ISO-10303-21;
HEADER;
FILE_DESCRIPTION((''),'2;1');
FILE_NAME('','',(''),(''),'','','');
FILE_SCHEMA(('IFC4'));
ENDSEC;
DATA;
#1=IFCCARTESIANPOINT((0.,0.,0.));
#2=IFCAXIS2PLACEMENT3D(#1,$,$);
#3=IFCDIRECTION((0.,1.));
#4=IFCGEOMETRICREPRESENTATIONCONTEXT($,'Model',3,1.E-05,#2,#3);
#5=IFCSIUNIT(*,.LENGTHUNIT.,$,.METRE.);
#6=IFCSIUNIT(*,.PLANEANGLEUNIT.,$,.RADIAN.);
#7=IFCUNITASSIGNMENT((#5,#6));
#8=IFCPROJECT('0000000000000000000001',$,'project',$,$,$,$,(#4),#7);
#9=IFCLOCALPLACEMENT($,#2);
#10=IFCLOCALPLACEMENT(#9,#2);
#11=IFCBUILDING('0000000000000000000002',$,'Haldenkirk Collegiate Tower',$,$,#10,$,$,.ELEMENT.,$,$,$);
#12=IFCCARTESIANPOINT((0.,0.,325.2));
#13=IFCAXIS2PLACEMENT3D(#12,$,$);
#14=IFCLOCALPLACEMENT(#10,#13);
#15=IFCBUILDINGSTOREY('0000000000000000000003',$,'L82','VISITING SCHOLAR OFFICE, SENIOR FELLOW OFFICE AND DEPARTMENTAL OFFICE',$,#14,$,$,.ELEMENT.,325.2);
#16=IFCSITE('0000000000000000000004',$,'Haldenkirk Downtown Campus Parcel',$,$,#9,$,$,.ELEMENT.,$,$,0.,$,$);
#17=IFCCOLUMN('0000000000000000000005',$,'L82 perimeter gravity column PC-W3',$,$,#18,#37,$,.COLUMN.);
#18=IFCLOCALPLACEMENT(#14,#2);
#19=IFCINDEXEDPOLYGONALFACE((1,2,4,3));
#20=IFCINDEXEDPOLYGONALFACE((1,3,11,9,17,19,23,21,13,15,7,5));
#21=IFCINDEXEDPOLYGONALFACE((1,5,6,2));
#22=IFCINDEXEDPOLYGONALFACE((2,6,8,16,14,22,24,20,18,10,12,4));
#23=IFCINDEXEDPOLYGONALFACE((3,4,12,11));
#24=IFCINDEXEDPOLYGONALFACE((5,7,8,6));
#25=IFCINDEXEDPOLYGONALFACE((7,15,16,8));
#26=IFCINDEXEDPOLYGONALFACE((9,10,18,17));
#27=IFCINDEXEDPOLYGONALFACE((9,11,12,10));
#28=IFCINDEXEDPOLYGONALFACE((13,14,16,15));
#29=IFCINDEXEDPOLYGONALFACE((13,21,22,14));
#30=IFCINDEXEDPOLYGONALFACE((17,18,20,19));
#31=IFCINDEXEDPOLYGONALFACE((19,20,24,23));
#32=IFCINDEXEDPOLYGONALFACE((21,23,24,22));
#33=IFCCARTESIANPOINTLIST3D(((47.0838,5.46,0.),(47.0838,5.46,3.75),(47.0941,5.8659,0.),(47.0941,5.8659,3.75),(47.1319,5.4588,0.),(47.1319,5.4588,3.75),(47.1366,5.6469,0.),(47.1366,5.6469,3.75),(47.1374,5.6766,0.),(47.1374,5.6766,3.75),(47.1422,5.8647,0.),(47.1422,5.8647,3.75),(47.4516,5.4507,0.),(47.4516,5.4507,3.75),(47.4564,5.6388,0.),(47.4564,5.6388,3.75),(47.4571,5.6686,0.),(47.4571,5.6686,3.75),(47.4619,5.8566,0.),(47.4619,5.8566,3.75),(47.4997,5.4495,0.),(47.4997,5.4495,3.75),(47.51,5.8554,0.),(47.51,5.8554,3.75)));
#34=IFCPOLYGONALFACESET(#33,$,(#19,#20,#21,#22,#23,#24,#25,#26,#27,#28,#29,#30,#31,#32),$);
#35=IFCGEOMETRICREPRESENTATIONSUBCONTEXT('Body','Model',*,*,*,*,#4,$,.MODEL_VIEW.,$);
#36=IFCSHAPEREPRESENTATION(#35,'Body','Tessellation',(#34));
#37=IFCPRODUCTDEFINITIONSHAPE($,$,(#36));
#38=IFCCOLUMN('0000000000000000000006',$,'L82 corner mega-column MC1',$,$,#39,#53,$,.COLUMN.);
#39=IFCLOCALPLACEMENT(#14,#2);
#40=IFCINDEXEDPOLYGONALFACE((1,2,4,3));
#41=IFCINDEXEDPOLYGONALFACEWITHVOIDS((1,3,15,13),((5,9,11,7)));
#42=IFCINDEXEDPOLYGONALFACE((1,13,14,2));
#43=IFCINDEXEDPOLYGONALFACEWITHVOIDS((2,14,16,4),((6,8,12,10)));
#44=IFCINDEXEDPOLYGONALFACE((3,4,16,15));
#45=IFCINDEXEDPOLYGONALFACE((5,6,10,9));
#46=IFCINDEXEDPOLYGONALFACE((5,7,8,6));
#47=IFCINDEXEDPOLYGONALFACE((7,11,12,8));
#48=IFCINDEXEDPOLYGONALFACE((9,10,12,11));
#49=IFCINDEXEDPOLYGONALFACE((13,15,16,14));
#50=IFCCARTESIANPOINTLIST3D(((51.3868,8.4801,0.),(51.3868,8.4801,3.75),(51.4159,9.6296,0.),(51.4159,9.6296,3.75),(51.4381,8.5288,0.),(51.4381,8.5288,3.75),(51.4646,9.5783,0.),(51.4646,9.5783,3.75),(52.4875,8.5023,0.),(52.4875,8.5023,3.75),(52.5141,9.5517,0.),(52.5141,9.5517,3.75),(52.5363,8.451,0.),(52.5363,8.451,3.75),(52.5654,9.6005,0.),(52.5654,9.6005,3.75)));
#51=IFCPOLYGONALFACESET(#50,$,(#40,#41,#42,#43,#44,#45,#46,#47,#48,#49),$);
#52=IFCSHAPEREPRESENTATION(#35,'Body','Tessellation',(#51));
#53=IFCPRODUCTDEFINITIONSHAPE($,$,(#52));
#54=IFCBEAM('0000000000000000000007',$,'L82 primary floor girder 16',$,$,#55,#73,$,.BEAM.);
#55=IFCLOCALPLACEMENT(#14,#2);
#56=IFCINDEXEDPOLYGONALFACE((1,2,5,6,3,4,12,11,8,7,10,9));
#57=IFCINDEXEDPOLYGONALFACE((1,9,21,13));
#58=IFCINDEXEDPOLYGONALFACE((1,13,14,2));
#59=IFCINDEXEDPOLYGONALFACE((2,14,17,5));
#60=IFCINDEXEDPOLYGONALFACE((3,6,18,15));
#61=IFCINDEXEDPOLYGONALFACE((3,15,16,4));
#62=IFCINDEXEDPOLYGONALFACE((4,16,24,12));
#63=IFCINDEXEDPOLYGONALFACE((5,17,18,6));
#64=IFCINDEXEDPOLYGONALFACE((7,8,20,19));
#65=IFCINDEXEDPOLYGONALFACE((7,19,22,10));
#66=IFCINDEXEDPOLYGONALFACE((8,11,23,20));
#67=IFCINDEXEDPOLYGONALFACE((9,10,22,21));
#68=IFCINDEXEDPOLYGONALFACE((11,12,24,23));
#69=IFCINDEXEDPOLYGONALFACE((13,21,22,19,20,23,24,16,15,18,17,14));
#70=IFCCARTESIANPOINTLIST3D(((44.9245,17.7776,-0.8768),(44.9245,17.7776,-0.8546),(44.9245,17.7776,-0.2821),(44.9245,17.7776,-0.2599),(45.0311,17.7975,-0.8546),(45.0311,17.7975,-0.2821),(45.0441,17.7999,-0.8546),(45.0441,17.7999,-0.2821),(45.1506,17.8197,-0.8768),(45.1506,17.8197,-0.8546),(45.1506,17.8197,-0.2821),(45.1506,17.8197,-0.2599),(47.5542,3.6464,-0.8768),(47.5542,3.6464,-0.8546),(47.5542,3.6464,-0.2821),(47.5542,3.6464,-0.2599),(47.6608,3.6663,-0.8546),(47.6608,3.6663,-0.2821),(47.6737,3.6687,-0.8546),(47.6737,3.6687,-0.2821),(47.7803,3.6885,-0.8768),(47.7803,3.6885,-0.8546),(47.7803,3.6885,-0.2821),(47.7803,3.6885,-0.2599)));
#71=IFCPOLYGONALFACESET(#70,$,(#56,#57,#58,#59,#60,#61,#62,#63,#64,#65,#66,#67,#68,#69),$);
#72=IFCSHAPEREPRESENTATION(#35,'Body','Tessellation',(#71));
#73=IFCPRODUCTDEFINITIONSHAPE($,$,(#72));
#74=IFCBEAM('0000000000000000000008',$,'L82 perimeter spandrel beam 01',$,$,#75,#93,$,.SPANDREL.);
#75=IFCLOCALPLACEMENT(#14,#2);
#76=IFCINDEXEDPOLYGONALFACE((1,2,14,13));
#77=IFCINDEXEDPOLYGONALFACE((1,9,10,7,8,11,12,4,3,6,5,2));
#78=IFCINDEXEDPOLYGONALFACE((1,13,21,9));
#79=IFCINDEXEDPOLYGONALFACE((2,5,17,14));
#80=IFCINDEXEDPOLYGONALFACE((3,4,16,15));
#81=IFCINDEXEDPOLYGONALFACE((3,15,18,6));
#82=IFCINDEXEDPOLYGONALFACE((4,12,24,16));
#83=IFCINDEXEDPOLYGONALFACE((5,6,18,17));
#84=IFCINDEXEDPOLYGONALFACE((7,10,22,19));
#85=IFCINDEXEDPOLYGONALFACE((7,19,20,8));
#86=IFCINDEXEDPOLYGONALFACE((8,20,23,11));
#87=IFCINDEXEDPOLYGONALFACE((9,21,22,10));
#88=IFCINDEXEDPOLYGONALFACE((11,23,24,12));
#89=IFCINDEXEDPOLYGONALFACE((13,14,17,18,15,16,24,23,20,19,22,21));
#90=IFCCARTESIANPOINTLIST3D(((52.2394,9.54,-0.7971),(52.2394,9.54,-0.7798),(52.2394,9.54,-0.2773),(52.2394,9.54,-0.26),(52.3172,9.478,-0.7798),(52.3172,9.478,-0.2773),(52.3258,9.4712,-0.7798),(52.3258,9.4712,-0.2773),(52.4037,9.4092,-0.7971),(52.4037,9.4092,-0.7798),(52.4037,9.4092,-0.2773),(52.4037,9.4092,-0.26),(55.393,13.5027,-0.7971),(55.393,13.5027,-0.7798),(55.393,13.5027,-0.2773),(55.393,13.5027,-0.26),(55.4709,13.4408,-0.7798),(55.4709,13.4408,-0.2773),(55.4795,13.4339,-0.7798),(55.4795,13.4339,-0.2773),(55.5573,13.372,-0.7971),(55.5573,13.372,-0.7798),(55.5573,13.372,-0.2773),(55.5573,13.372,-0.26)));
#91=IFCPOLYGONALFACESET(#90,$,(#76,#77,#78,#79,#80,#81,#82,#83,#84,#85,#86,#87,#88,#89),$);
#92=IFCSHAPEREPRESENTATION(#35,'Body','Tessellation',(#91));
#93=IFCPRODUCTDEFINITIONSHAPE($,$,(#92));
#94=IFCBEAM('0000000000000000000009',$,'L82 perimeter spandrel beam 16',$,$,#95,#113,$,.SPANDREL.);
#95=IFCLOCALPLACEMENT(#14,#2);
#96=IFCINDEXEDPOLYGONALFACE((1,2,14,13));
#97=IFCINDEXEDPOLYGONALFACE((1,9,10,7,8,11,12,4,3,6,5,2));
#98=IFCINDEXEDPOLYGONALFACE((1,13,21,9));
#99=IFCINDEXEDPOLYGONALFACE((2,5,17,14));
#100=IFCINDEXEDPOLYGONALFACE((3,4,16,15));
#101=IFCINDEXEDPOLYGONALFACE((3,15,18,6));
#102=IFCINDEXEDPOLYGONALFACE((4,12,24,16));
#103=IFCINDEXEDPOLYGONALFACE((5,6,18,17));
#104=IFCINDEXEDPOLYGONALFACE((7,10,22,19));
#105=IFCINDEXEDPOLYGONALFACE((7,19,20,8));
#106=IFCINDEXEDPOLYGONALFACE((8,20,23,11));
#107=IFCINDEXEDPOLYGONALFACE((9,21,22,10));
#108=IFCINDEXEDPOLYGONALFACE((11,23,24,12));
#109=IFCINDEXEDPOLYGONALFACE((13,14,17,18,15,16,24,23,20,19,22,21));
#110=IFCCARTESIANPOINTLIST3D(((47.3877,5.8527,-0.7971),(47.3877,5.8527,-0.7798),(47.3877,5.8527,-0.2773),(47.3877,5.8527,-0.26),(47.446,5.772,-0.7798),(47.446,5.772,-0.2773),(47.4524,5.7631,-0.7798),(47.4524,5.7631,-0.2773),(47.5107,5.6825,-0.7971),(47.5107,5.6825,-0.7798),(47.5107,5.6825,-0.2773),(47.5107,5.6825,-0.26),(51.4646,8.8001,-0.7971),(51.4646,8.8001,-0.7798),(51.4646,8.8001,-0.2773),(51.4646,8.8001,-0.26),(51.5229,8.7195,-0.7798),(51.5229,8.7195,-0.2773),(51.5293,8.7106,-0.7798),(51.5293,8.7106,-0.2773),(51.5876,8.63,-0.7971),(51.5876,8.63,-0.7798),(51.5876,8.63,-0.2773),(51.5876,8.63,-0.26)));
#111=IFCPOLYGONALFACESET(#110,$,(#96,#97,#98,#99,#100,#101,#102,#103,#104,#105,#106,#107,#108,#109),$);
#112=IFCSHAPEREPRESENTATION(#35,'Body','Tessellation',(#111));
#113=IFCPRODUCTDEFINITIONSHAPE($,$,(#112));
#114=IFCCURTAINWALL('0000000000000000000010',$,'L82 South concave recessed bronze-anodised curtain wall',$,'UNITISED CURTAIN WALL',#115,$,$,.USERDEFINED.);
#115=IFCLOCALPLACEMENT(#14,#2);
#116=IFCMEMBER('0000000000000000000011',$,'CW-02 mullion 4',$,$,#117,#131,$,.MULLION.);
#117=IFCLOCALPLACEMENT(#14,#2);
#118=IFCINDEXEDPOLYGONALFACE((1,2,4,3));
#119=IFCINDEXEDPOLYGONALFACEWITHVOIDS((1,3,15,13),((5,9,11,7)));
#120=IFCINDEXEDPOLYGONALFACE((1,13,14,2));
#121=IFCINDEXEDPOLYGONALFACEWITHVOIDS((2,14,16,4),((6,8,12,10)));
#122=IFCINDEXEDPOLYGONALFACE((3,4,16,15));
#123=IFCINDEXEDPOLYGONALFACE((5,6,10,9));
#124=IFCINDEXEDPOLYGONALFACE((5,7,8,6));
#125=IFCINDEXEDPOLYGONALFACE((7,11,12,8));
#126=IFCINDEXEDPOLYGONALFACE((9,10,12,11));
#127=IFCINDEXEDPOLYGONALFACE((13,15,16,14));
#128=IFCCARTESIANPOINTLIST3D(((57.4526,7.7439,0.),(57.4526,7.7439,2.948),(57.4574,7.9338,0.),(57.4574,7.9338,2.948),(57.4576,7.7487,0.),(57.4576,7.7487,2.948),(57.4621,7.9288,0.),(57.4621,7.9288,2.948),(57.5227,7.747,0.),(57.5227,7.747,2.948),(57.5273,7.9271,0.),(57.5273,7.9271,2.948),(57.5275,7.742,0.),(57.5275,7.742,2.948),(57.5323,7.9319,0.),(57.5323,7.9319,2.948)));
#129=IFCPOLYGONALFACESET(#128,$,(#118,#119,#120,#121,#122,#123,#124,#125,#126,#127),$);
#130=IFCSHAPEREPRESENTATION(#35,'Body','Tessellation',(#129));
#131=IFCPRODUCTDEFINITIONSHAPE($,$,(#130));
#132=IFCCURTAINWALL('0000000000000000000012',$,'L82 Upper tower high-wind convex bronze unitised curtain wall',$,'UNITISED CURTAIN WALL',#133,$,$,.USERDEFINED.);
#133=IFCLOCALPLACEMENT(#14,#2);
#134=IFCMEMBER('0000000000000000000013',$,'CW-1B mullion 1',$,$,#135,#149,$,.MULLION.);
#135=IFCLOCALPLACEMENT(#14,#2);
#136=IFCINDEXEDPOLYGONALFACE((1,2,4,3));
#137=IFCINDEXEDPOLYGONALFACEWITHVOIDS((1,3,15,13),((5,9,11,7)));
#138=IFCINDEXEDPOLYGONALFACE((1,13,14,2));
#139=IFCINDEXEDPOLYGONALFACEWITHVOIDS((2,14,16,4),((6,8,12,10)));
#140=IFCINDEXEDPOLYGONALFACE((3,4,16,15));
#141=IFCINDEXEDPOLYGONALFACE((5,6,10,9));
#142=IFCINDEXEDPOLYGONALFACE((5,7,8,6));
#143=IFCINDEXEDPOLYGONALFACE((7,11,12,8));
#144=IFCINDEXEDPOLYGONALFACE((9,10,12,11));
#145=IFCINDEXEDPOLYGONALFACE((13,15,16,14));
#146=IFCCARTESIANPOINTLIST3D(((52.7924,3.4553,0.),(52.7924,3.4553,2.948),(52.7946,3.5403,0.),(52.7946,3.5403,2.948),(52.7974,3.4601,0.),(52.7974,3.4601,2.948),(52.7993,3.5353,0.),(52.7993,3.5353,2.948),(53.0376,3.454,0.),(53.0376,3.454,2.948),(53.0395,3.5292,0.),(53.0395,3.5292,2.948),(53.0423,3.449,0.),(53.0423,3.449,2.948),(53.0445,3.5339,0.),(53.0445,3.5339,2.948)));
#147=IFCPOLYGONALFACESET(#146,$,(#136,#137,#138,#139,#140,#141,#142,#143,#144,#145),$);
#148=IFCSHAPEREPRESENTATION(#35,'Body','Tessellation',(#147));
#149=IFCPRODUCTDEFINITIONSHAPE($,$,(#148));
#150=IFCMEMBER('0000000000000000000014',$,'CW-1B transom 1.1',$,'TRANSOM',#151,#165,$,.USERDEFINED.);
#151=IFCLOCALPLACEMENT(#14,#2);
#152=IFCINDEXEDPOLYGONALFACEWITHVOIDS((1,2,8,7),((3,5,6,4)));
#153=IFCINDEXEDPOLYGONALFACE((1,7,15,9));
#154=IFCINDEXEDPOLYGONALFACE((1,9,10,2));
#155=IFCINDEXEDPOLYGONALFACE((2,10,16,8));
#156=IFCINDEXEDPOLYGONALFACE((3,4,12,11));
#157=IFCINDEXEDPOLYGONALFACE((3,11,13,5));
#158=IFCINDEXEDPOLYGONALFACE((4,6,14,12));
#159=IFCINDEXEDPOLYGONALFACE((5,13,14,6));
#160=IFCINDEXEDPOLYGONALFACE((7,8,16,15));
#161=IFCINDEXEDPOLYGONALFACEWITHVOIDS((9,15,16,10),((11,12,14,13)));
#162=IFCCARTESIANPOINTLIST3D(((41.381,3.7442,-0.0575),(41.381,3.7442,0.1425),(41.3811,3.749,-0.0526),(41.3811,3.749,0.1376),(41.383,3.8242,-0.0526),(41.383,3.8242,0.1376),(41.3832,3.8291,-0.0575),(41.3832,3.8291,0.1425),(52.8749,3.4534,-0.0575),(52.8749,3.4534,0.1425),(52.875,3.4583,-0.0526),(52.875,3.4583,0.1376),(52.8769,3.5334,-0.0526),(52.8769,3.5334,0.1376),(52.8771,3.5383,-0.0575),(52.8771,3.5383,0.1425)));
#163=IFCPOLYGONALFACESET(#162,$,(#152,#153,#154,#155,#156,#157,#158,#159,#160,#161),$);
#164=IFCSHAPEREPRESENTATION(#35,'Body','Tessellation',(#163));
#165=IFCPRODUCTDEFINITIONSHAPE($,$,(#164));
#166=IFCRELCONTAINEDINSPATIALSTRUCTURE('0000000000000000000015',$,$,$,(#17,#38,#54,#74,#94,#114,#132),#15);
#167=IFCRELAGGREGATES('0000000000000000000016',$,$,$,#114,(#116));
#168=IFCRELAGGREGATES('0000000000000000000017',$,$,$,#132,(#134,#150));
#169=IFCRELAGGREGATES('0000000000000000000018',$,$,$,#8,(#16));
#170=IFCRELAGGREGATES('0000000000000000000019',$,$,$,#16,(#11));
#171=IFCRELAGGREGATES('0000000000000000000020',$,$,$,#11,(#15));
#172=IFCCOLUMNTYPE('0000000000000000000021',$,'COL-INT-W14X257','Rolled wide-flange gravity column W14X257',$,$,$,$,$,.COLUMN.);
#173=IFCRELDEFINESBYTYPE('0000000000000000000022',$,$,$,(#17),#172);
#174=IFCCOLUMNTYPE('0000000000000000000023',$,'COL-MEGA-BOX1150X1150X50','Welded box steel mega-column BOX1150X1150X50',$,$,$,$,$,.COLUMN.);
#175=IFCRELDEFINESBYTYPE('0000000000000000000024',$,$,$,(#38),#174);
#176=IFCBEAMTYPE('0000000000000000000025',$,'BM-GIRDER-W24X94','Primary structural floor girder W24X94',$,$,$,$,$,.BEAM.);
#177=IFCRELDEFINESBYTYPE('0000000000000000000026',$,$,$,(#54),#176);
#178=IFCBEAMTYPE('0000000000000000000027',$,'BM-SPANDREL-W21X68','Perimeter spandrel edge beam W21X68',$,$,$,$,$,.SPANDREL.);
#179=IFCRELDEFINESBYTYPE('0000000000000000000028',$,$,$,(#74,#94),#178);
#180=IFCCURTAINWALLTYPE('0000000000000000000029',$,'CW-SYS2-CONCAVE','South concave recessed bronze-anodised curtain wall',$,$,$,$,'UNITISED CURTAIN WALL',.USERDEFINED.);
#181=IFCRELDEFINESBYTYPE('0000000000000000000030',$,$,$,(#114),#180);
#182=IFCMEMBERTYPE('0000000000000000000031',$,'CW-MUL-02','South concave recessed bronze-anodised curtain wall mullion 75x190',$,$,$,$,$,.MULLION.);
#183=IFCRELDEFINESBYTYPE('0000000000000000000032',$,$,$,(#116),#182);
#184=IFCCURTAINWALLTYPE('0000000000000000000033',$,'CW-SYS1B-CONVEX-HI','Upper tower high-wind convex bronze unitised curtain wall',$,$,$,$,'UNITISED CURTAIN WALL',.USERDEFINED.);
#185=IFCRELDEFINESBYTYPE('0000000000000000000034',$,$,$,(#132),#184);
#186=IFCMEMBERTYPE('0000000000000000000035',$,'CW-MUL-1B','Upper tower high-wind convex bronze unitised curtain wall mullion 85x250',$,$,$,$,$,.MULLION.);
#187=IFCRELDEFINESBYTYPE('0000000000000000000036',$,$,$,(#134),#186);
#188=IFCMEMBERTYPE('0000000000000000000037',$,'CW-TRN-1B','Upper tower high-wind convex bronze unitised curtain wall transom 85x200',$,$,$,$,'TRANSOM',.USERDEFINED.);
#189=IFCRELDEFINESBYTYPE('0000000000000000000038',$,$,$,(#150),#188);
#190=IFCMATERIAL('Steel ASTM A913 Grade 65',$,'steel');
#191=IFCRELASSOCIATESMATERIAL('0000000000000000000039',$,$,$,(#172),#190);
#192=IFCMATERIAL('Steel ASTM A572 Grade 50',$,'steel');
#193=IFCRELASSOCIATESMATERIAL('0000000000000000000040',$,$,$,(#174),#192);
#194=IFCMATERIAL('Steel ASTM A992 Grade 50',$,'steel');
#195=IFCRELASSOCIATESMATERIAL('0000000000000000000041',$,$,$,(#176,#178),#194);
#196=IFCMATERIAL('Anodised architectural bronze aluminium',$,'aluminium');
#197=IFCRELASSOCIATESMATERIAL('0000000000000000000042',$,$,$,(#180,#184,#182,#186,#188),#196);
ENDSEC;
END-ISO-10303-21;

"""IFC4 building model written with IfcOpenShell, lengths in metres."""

from ifc_helpers import new_model, si_unit, direction, frame, origin, origin_2d, place, context, subcontext, project, spatial, hollow_rectangle, i_section, extrude, material, material_profile, profile_set, type_object, element, aggregate, save


model = new_model("IFC4")

# Units and contexts
model_context = context("Model", 3, precision=1e-05, world=origin(), true_north=direction((0.0, 1.0)))
body_context = subcontext(model_context, "Body", "Model", "MODEL_VIEW")
ifc_project = project(units=[si_unit("LENGTHUNIT", "METRE"), si_unit("PLANEANGLEUNIT", "RADIAN")], contexts=[model_context])

# Site, building, storey
site_placement = place(None, origin())
site = spatial("IfcSite", under=ifc_project, at=site_placement, Name="Haldenkirk Downtown Campus Parcel", CompositionType="ELEMENT", RefElevation=0.0)
building_placement = place(site_placement, origin())
building = spatial("IfcBuilding", under=site, at=building_placement, Name="Haldenkirk Collegiate Tower", CompositionType="ELEMENT")
storey_placement = place(building_placement, frame((0.0, 0.0, 325.2)))
storey = spatial("IfcBuildingStorey", under=building, at=storey_placement, Name="L82", Description="VISITING SCHOLAR OFFICE, SENIOR FELLOW OFFICE AND DEPARTMENTAL OFFICE", CompositionType="ELEMENT", Elevation=325.2)

# Columns
ifc_material_1 = material(Name="Steel ASTM A913 Grade 65", Category="steel")
ifc_material_profile_1 = material_profile(ifc_material_1, i_section(OverallWidth=0.406, OverallDepth=0.416, WebThickness=0.0298, FlangeThickness=0.0481, at=origin_2d()), Name="W14X257")
ifc_profile_set_1 = profile_set([ifc_material_profile_1], Name="Steel ASTM A913 Grade 65")
column_type_1 = type_object("IfcColumnType", Name="COL-INT-W14X257", Description="Rolled wide-flange gravity column W14X257", PredefinedType="COLUMN", material=ifc_profile_set_1)
column_1_placement = place(storey_placement, frame((47.2969, 5.6577, 0.0), z_axis=(0.0, 0.0, 1.0), x_axis=(0.025305, 0.99968, 0.0)))
element("IfcColumn", 1, at=column_1_placement, inside=storey, type_object=column_type_1, Name="L82 perimeter gravity column PC-W3", PredefinedType="COLUMN", context=body_context, shape_type="SweptSolid", body=[
    extrude(i_section(OverallWidth=0.406, OverallDepth=0.416, WebThickness=0.0298, FlangeThickness=0.0481, at=origin_2d()), origin(), (0.0, 0.0, 1.0), 3.75),
])
ifc_material_2 = material(Name="Steel ASTM A572 Grade 50", Category="steel")
ifc_material_profile_2 = material_profile(ifc_material_2, hollow_rectangle(XDim=1.1499, YDim=1.1499, WallThickness=0.05, at=origin_2d()), Name="BOX1150X1150X50")
ifc_profile_set_2 = profile_set([ifc_material_profile_2], Name="Steel ASTM A572 Grade 50")
column_type_2 = type_object("IfcColumnType", Name="COL-MEGA-BOX1150X1150X50", Description="Welded box steel mega-column BOX1150X1150X50", PredefinedType="COLUMN", material=ifc_profile_set_2)
column_2_placement = place(storey_placement, frame((51.9761, 9.0403, 0.0), z_axis=(0.0, 0.0, 1.0), x_axis=(0.025305, 0.99968, 0.0)))
element("IfcColumn", 2, at=column_2_placement, inside=storey, type_object=column_type_2, Name="L82 corner mega-column MC1", PredefinedType="COLUMN", context=body_context, shape_type="SweptSolid", body=[
    extrude(hollow_rectangle(XDim=1.1499, YDim=1.1499, WallThickness=0.05, at=origin_2d()), origin(), (0.0, 0.0, 1.0), 3.75),
])

# Beams
ifc_material_3 = material(Name="Steel ASTM A992 Grade 50", Category="steel")
ifc_material_profile_3 = material_profile(ifc_material_3, i_section(OverallWidth=0.23, OverallDepth=0.6169, WebThickness=0.0132, FlangeThickness=0.0222, at=origin_2d()), Name="W24X94")
ifc_profile_set_3 = profile_set([ifc_material_profile_3], Name="Steel ASTM A992 Grade 50")
beam_type_1 = type_object("IfcBeamType", Name="BM-GIRDER-W24X94", Description="Primary structural floor girder W24X94", PredefinedType="BEAM", material=ifc_profile_set_3)
beam_1_placement = place(storey_placement, frame((47.6672, 3.6675, -0.5684), z_axis=(-0.182948, 0.983123, 0.0), x_axis=(-0.983123, -0.182948, 0.0)))
element("IfcBeam", 3, at=beam_1_placement, inside=storey, type_object=beam_type_1, Name="L82 primary floor girder 16", PredefinedType="BEAM", context=body_context, shape_type="SweptSolid", body=[
    extrude(i_section(OverallWidth=0.23, OverallDepth=0.6169, WebThickness=0.0132, FlangeThickness=0.0222, at=origin_2d()), origin(), (0.0, 0.0, 1.0), 14.3738),
])
ifc_material_profile_4 = material_profile(ifc_material_3, i_section(OverallWidth=0.21, OverallDepth=0.5371, WebThickness=0.011, FlangeThickness=0.0173, at=origin_2d()), Name="W21X68")
ifc_profile_set_4 = profile_set([ifc_material_profile_4], Name="Steel ASTM A992 Grade 50")
beam_type_2 = type_object("IfcBeamType", Name="BM-SPANDREL-W21X68", Description="Perimeter spandrel edge beam W21X68", PredefinedType="SPANDREL", material=ifc_profile_set_4)
beam_2_placement = place(storey_placement, frame((52.3215, 9.4746, -0.5286), z_axis=(0.6227, 0.782461, 0.0), x_axis=(-0.782461, 0.6227, 0.0)))
element("IfcBeam", 4, at=beam_2_placement, inside=storey, type_object=beam_type_2, Name="L82 perimeter spandrel beam 01", PredefinedType="SPANDREL", context=body_context, shape_type="SweptSolid", body=[
    extrude(i_section(OverallWidth=0.21, OverallDepth=0.5371, WebThickness=0.011, FlangeThickness=0.0173, at=origin_2d()), origin(), (0.0, 0.0, 1.0), 5.0645),
])
beam_3_placement = place(storey_placement, frame((47.4492, 5.7676, -0.5286), z_axis=(0.810389, 0.585893, 0.0), x_axis=(-0.585893, 0.810389, 0.0)))
element("IfcBeam", 5, at=beam_3_placement, inside=storey, type_object=beam_type_2, Name="L82 perimeter spandrel beam 16", PredefinedType="SPANDREL", context=body_context, shape_type="SweptSolid", body=[
    extrude(i_section(OverallWidth=0.21, OverallDepth=0.5371, WebThickness=0.011, FlangeThickness=0.0173, at=origin_2d()), origin(), (0.0, 0.0, 1.0), 5.0308),
])

# Curtain wall, member
ifc_material_4 = material(Name="Anodised architectural bronze aluminium", Category="aluminium")
curtain_wall_type_1 = type_object("IfcCurtainWallType", Name="CW-SYS2-CONCAVE", Description="South concave recessed bronze-anodised curtain wall", ElementType="UNITISED CURTAIN WALL", PredefinedType="USERDEFINED", material=ifc_material_4)
curtain_wall_1_placement = place(storey_placement, origin())
curtain_wall_1 = element("IfcCurtainWall", 6, at=curtain_wall_1_placement, inside=storey, type_object=curtain_wall_type_1, Name="L82 South concave recessed bronze-anodised curtain wall", ObjectType="UNITISED CURTAIN WALL", PredefinedType="USERDEFINED")
ifc_material_profile_5 = material_profile(ifc_material_4, hollow_rectangle(XDim=0.075, YDim=0.1899, WallThickness=0.0049, at=origin_2d()), Name="CW-MUL-02")
ifc_profile_set_5 = profile_set([ifc_material_profile_5], Name="Anodised architectural bronze aluminium")
member_type_1 = type_object("IfcMemberType", Name="CW-MUL-02", Description="South concave recessed bronze-anodised curtain wall mullion 75x190", PredefinedType="MULLION", material=ifc_profile_set_5)
member_1_placement = place(storey_placement, frame((57.4924, 7.8379, 0.0), z_axis=(0.0, 0.0, 1.0), x_axis=(0.99968, -0.025303, 0.0)))
member_1 = element("IfcMember", 7, at=member_1_placement, type_object=member_type_1, Name="CW-02 mullion 4", PredefinedType="MULLION", context=body_context, shape_type="SweptSolid", body=[
    extrude(hollow_rectangle(XDim=0.075, YDim=0.1899, WallThickness=0.0049, at=origin_2d()), origin(), (0.0, 0.0, 1.0), 2.948),
])
aggregate(curtain_wall_1, [member_1])

# Curtain wall, members
curtain_wall_type_2 = type_object("IfcCurtainWallType", Name="CW-SYS1B-CONVEX-HI", Description="Upper tower high-wind convex bronze unitised curtain wall", ElementType="UNITISED CURTAIN WALL", PredefinedType="USERDEFINED", material=ifc_material_4)
curtain_wall_2_placement = place(storey_placement, origin())
curtain_wall_2 = element("IfcCurtainWall", 8, at=curtain_wall_2_placement, inside=storey, type_object=curtain_wall_type_2, Name="L82 Upper tower high-wind convex bronze unitised curtain wall", ObjectType="UNITISED CURTAIN WALL", PredefinedType="USERDEFINED")
ifc_material_profile_6 = material_profile(ifc_material_4, hollow_rectangle(XDim=0.085, YDim=0.25, WallThickness=0.0049, at=origin_2d()), Name="CW-MUL-1B")
ifc_profile_set_6 = profile_set([ifc_material_profile_6], Name="Anodised architectural bronze aluminium")
member_type_2 = type_object("IfcMemberType", Name="CW-MUL-1B", Description="Upper tower high-wind convex bronze unitised curtain wall mullion 85x250", PredefinedType="MULLION", material=ifc_profile_set_6)
member_2_placement = place(storey_placement, frame((52.9185, 3.4946, 0.0), z_axis=(0.0, 0.0, 1.0), x_axis=(-0.025302, -0.99968, 0.0)))
member_2 = element("IfcMember", 9, at=member_2_placement, type_object=member_type_2, Name="CW-1B mullion 1", PredefinedType="MULLION", context=body_context, shape_type="SweptSolid", body=[
    extrude(hollow_rectangle(XDim=0.085, YDim=0.25, WallThickness=0.0049, at=origin_2d()), origin(), (0.0, 0.0, 1.0), 2.948),
])
ifc_material_profile_7 = material_profile(ifc_material_4, hollow_rectangle(XDim=0.085, YDim=0.2, WallThickness=0.0049, at=origin_2d()), Name="CW-TRN-1B")
ifc_profile_set_7 = profile_set([ifc_material_profile_7], Name="Anodised architectural bronze aluminium")
member_type_3 = type_object("IfcMemberType", Name="CW-TRN-1B", Description="Upper tower high-wind convex bronze unitised curtain wall transom 85x200", ElementType="TRANSOM", PredefinedType="USERDEFINED", material=ifc_profile_set_7)
member_3_placement = place(storey_placement, frame((52.876, 3.4958, 0.0425), z_axis=(-0.99968, 0.02529, 0.0), x_axis=(-0.02529, -0.99968, 0.0)))
member_3 = element("IfcMember", 10, at=member_3_placement, type_object=member_type_3, Name="CW-1B transom 1.1", ObjectType="TRANSOM", PredefinedType="USERDEFINED", context=body_context, shape_type="SweptSolid", body=[
    extrude(hollow_rectangle(XDim=0.085, YDim=0.2, WallThickness=0.0049, at=origin_2d()), origin(), (0.0, 0.0, 1.0), 11.4976),
])
aggregate(curtain_wall_2, [member_2, member_3])

save(model, "model.ifc")
